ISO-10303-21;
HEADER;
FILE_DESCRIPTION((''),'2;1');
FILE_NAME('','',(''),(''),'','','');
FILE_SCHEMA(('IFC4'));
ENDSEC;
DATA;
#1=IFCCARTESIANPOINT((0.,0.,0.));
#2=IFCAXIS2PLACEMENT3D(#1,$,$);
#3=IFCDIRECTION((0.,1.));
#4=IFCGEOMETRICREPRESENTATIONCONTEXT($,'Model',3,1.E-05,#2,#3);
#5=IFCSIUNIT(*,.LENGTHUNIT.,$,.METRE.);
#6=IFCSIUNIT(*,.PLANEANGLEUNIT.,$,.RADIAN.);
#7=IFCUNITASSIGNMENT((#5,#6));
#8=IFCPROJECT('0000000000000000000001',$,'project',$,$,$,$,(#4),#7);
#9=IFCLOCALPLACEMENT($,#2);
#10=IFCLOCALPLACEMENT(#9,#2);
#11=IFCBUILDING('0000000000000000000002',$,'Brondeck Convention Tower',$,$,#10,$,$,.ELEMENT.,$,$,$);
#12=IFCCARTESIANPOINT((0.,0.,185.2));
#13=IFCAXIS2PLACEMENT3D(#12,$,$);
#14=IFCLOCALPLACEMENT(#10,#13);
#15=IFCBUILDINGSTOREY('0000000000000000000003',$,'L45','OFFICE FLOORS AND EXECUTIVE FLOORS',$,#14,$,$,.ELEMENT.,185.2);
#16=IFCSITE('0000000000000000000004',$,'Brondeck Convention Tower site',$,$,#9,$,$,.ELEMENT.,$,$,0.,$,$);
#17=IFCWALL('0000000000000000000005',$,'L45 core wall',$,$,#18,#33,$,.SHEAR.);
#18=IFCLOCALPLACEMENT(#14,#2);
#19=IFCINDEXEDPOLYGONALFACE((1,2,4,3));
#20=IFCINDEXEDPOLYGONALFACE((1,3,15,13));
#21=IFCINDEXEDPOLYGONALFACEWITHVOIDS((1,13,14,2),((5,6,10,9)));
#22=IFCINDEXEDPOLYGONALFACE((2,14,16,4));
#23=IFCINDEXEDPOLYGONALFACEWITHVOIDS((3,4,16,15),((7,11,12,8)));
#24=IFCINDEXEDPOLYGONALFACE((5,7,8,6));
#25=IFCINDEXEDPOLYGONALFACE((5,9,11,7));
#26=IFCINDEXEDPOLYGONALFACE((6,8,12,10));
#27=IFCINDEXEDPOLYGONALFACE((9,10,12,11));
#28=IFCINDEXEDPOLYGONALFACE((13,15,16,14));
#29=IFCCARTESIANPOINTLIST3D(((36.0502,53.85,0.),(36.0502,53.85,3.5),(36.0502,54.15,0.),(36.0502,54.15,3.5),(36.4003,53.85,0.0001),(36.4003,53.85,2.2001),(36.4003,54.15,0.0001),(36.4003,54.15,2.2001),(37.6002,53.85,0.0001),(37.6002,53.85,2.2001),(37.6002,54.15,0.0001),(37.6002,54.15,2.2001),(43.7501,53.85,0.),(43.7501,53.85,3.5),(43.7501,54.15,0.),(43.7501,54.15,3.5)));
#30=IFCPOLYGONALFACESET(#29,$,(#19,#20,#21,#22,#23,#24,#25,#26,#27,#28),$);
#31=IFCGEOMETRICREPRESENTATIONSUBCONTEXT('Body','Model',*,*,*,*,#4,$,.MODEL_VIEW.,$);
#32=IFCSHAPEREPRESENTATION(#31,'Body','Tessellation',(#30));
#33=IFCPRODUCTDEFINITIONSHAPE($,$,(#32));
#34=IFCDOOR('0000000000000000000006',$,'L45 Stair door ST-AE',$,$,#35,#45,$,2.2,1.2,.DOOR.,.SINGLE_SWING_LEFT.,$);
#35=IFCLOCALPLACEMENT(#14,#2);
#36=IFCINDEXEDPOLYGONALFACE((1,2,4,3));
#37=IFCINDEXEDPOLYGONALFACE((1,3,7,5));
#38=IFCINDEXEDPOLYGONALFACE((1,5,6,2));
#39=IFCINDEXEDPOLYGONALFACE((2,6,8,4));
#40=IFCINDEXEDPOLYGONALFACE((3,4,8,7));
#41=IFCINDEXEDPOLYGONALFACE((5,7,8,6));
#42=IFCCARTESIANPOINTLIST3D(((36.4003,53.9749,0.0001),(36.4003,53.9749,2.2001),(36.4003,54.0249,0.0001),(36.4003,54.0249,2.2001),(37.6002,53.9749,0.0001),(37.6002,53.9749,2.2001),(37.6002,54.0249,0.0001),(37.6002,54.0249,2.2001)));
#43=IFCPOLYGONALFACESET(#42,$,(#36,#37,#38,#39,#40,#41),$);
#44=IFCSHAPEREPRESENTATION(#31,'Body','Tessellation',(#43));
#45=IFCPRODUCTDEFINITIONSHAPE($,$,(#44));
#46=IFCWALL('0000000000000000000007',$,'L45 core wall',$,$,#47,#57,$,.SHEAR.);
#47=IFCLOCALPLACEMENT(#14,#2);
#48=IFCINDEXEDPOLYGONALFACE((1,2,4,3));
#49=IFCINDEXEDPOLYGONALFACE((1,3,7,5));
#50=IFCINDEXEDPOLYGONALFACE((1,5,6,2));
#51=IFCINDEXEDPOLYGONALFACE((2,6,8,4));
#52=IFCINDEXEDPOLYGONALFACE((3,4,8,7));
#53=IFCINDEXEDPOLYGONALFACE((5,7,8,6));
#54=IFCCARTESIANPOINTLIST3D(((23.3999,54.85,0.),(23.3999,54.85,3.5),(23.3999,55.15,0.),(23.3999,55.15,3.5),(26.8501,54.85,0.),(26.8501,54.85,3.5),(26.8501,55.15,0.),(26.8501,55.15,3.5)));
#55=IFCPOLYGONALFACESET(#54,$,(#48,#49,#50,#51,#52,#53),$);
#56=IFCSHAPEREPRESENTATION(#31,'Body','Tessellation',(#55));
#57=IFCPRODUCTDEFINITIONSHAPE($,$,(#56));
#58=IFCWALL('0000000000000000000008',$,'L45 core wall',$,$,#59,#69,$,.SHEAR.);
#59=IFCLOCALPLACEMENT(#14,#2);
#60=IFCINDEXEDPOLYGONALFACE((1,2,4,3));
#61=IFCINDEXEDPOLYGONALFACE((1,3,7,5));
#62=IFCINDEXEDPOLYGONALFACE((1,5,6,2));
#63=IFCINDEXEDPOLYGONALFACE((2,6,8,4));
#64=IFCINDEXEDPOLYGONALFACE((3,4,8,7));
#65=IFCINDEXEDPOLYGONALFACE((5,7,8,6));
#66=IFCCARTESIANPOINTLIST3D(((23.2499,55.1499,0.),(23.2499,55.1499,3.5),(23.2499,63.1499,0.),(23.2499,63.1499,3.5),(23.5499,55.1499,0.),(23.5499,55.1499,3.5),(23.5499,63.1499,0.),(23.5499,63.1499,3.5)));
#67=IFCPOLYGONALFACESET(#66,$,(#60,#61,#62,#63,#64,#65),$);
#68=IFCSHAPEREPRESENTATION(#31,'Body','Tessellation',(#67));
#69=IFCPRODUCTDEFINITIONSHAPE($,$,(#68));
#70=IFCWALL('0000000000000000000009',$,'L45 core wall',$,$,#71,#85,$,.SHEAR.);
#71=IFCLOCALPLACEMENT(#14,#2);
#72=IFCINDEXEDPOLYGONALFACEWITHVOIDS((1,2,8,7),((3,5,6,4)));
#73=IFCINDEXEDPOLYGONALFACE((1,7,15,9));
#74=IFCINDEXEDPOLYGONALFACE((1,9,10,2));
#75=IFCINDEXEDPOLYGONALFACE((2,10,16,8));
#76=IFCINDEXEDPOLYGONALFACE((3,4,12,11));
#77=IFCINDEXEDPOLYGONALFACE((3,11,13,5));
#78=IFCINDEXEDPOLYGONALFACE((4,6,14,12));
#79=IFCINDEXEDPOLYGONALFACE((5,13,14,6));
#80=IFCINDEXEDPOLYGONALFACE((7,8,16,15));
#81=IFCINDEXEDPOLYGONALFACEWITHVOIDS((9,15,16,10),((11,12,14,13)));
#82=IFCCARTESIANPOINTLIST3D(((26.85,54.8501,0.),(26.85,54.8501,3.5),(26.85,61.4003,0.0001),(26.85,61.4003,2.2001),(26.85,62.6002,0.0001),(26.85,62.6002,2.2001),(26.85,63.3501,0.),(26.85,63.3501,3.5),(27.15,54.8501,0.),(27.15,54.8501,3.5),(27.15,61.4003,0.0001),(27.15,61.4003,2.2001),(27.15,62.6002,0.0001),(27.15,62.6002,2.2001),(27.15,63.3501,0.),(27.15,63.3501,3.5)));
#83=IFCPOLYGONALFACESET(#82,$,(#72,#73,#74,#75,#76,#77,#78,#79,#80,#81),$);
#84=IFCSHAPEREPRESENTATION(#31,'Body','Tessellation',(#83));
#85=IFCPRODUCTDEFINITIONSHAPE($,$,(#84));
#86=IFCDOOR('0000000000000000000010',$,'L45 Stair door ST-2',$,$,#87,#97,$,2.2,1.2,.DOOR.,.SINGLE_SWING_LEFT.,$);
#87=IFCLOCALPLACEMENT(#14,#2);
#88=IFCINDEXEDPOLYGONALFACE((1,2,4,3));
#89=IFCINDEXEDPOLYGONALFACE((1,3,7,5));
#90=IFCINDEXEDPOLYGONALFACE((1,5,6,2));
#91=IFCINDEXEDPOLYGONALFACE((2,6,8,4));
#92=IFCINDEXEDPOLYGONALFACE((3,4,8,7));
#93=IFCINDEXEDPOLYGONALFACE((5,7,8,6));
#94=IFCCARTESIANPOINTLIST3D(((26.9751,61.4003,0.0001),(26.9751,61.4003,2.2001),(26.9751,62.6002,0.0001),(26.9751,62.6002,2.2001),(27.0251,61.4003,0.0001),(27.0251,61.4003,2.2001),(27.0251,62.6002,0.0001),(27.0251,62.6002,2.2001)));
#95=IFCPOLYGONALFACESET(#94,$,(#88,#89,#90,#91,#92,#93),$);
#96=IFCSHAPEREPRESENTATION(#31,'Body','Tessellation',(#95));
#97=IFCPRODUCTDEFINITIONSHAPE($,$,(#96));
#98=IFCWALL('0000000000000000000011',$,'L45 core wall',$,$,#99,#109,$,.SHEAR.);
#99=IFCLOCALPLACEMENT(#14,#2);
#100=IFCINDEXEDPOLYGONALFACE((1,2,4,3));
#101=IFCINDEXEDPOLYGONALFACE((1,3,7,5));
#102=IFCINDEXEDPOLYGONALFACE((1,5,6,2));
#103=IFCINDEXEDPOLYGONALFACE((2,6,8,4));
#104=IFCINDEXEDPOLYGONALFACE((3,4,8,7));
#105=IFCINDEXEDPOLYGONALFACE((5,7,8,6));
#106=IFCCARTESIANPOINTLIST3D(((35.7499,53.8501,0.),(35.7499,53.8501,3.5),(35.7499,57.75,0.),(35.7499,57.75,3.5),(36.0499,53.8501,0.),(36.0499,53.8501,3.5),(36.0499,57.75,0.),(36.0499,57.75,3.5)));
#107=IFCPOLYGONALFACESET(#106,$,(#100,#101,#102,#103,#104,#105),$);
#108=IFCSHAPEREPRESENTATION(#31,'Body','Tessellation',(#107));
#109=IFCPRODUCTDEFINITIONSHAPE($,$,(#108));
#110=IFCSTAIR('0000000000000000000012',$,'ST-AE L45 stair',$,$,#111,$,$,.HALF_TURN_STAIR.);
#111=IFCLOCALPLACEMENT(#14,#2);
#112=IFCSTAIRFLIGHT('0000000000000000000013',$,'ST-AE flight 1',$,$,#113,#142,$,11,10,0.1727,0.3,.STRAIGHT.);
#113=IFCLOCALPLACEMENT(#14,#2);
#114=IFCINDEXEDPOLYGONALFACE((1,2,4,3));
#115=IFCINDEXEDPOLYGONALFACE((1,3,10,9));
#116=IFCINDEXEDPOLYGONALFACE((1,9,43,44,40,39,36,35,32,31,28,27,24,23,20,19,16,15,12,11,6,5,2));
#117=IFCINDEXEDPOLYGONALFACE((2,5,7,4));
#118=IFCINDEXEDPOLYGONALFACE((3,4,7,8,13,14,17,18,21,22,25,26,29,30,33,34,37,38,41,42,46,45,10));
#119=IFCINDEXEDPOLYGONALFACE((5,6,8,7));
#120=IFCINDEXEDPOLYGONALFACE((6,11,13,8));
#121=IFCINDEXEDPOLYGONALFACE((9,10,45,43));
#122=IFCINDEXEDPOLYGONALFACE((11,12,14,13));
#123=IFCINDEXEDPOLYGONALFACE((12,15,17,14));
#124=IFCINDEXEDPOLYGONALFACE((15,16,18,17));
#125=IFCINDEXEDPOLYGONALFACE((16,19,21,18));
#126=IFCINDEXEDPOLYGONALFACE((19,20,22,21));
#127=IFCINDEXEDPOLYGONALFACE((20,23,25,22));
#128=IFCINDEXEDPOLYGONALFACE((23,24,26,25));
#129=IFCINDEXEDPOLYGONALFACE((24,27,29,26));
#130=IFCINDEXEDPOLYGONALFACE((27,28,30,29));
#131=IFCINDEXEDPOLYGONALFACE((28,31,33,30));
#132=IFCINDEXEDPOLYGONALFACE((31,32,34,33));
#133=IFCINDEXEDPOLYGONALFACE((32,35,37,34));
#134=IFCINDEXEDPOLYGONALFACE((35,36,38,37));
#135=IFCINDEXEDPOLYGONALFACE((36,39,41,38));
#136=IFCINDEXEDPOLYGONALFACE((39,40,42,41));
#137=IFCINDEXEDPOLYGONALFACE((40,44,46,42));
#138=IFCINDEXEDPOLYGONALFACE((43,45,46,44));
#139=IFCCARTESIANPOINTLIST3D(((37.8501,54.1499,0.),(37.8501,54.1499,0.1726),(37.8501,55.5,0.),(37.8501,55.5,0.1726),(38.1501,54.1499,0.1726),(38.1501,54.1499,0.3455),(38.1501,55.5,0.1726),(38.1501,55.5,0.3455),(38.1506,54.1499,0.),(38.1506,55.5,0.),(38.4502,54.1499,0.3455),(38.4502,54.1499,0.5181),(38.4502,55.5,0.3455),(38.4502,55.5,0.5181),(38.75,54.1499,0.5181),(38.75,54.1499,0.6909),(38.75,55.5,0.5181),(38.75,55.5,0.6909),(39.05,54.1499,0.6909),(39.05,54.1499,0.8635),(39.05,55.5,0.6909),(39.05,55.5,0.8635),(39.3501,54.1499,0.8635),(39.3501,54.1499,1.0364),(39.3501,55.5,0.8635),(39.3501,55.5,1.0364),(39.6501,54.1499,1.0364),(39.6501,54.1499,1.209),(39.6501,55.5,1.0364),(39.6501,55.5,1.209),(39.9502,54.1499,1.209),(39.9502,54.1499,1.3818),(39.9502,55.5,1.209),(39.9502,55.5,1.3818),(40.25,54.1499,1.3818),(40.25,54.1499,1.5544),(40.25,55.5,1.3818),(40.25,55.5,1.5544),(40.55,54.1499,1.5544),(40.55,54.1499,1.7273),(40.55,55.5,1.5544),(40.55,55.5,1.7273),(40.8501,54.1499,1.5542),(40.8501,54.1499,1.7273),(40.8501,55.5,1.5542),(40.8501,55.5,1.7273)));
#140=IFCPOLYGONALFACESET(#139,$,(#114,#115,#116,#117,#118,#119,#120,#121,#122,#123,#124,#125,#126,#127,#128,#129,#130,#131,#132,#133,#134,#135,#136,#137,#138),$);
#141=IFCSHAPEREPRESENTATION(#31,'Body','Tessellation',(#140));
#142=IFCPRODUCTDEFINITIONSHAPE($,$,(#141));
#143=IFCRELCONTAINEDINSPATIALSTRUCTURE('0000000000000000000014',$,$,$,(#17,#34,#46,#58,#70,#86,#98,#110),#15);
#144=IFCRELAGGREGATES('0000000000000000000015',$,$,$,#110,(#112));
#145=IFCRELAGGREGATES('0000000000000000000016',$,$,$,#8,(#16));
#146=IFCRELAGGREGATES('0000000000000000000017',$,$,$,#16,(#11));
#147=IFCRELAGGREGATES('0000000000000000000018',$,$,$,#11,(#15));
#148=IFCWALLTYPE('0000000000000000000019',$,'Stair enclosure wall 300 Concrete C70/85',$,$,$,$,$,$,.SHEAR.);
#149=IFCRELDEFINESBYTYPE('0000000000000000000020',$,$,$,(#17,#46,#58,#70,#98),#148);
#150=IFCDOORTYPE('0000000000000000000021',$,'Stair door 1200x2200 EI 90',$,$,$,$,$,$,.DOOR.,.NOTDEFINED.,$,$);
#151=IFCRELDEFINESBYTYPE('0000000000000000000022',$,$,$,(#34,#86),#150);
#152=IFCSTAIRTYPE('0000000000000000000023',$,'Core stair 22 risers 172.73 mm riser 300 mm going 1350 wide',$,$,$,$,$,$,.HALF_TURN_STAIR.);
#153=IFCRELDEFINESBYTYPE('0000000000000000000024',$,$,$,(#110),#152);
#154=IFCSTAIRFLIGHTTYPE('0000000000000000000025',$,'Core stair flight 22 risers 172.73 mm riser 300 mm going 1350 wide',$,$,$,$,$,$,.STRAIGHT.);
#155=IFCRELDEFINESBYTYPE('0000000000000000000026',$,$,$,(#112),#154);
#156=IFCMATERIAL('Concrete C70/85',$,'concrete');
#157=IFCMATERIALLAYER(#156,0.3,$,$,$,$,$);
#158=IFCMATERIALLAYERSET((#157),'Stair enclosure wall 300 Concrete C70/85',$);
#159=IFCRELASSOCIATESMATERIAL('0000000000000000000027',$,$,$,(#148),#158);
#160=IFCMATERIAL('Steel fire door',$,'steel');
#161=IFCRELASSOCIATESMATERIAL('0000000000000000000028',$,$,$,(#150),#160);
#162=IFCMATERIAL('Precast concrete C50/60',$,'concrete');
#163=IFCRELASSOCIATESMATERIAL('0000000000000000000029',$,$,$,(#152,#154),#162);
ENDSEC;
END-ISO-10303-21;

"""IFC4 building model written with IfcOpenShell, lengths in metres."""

from ifc_helpers import new_model, si_unit, direction, frame, frame_2d, origin, place, context, subcontext, project, spatial, polyline, rectangle, outline, extrude, material, layer, layer_set, type_object, element, fill, aggregate, save


model = new_model("IFC4")

# Units and contexts
model_context = context("Model", 3, precision=1e-05, world=origin(), true_north=direction((0.0, 1.0)))
body_context = subcontext(model_context, "Body", "Model", "MODEL_VIEW")
ifc_project = project(units=[si_unit("LENGTHUNIT", "METRE"), si_unit("PLANEANGLEUNIT", "RADIAN")], contexts=[model_context])

# Site, building, storey
site_placement = place(None, origin())
site = spatial("IfcSite", under=ifc_project, at=site_placement, Name="Brondeck Convention Tower site", CompositionType="ELEMENT", RefElevation=0.0)
building_placement = place(site_placement, origin())
building = spatial("IfcBuilding", under=site, at=building_placement, Name="Brondeck Convention Tower", CompositionType="ELEMENT")
storey_placement = place(building_placement, frame((0.0, 0.0, 185.2)))
storey = spatial("IfcBuildingStorey", under=building, at=storey_placement, Name="L45", Description="OFFICE FLOORS AND EXECUTIVE FLOORS", CompositionType="ELEMENT", Elevation=185.2)

# Shared definitions
ifc_material_1 = material(Name="Concrete C70/85", Category="concrete")

# Shared definitions
ifc_material_2 = material(Name="Steel fire door", Category="steel")

# Wall, opening, door
ifc_layer_1 = layer(ifc_material_1, 0.3)
ifc_layer_set_1 = layer_set([ifc_layer_1], Name="Stair enclosure wall 300 Concrete C70/85")
wall_type_1 = type_object("IfcWallType", Name="Stair enclosure wall 300 Concrete C70/85", PredefinedType="SHEAR", material=ifc_layer_set_1)
wall_1_placement = place(storey_placement, frame((36.05, 54.0, 0.0), z_axis=(0.0, 0.0, 1.0), x_axis=(1.0, 0.0, 0.0)))
wall_1 = element("IfcWall", 1, at=wall_1_placement, inside=storey, type_object=wall_type_1, Name="L45 core wall", PredefinedType="SHEAR", context=body_context, shape_type="SweptSolid", body=[
    extrude(rectangle(XDim=7.7, YDim=0.3, at=frame_2d((3.8501, 0.0))), origin(), (0.0, 0.0, 1.0), 3.5),
])
opening_1_placement = place(wall_1_placement, frame((0.3501, 0.0, 0.0)))
opening_1 = element("IfcOpeningElement", 2, at=opening_1_placement, cuts=wall_1, PredefinedType="OPENING", context=body_context, shape_type="SweptSolid", body=[
    extrude(rectangle(XDim=1.2, YDim=2.2, at=frame_2d((0.6001, 1.1001))), frame((0.0, 0.1599, 0.0), z_axis=(0.0, -1.0, 0.0), x_axis=(1.0, 0.0, 0.0)), (0.0, 0.0, 1.0), 0.3201),
])
door_type_1 = type_object("IfcDoorType", Name="Stair door 1200x2200 EI 90", OperationType="NOTDEFINED", PredefinedType="DOOR", material=ifc_material_2)
door_1_placement = place(opening_1_placement, origin())
door_1 = element("IfcDoor", 3, at=door_1_placement, inside=storey, type_object=door_type_1, Name="L45 Stair door ST-AE", OperationType="SINGLE_SWING_LEFT", OverallHeight=2.2, OverallWidth=1.2, PredefinedType="DOOR", context=body_context, shape_type="SweptSolid", body=[
    extrude(rectangle(XDim=1.2, YDim=2.2, at=frame_2d((0.6001, 1.1001))), frame((0.0, 0.0249, 0.0), z_axis=(0.0, -1.0, 0.0), x_axis=(1.0, 0.0, 0.0)), (0.0, 0.0, 1.0), 0.05),
])
fill(opening_1, door_1)

# Walls
wall_2_placement = place(storey_placement, frame((23.3999, 55.0, 0.0), z_axis=(0.0, 0.0, 1.0), x_axis=(1.0, 0.0, 0.0)))
element("IfcWall", 4, at=wall_2_placement, inside=storey, type_object=wall_type_1, Name="L45 core wall", PredefinedType="SHEAR", context=body_context, shape_type="SweptSolid", body=[
    extrude(rectangle(XDim=3.4502, YDim=0.3, at=frame_2d((1.7251, 0.0))), origin(), (0.0, 0.0, 1.0), 3.5),
])
wall_3_placement = place(storey_placement, frame((23.3999, 55.1499, 0.0), z_axis=(0.0, 0.0, 1.0), x_axis=(0.0, 1.0, 0.0)))
element("IfcWall", 5, at=wall_3_placement, inside=storey, type_object=wall_type_1, Name="L45 core wall", PredefinedType="SHEAR", context=body_context, shape_type="SweptSolid", body=[
    extrude(rectangle(XDim=8.0, YDim=0.3, at=frame_2d((4.0, 0.0))), origin(), (0.0, 0.0, 1.0), 3.5),
])

# Wall, opening, door
wall_4_placement = place(storey_placement, frame((27.0, 54.8501, 0.0), z_axis=(0.0, 0.0, 1.0), x_axis=(0.0, 1.0, 0.0)))
wall_4 = element("IfcWall", 6, at=wall_4_placement, inside=storey, type_object=wall_type_1, Name="L45 core wall", PredefinedType="SHEAR", context=body_context, shape_type="SweptSolid", body=[
    extrude(rectangle(XDim=8.5, YDim=0.3, at=frame_2d((4.25, 0.0))), origin(), (0.0, 0.0, 1.0), 3.5),
])
opening_2_placement = place(wall_4_placement, frame((6.55, 0.0, 0.0)))
opening_2 = element("IfcOpeningElement", 7, at=opening_2_placement, cuts=wall_4, PredefinedType="OPENING", context=body_context, shape_type="SweptSolid", body=[
    extrude(rectangle(XDim=1.2, YDim=2.2, at=frame_2d((0.6001, 1.1001))), frame((0.0, 0.1599, 0.0), z_axis=(0.0, -1.0, 0.0), x_axis=(1.0, 0.0, 0.0)), (0.0, 0.0, 1.0), 0.3201),
])
door_2_placement = place(opening_2_placement, origin())
door_2 = element("IfcDoor", 8, at=door_2_placement, inside=storey, type_object=door_type_1, Name="L45 Stair door ST-2", OperationType="SINGLE_SWING_LEFT", OverallHeight=2.2, OverallWidth=1.2, PredefinedType="DOOR", context=body_context, shape_type="SweptSolid", body=[
    extrude(rectangle(XDim=1.2, YDim=2.2, at=frame_2d((0.6001, 1.1001))), frame((0.0, 0.0249, 0.0), z_axis=(0.0, -1.0, 0.0), x_axis=(1.0, 0.0, 0.0)), (0.0, 0.0, 1.0), 0.05),
])
fill(opening_2, door_2)

# Wall
wall_5_placement = place(storey_placement, frame((35.8999, 53.8501, 0.0), z_axis=(0.0, 0.0, 1.0), x_axis=(0.0, 1.0, 0.0)))
element("IfcWall", 9, at=wall_5_placement, inside=storey, type_object=wall_type_1, Name="L45 core wall", PredefinedType="SHEAR", context=body_context, shape_type="SweptSolid", body=[
    extrude(rectangle(XDim=3.8999, YDim=0.3, at=frame_2d((1.95, 0.0))), origin(), (0.0, 0.0, 1.0), 3.5),
])

# Stair, stair flight
ifc_material_3 = material(Name="Precast concrete C50/60", Category="concrete")
stair_type = type_object("IfcStairType", Name="Core stair 22 risers 172.73 mm riser 300 mm going 1350 wide", PredefinedType="HALF_TURN_STAIR", material=ifc_material_3)
stair_placement = place(storey_placement, origin())
stair = element("IfcStair", 10, at=stair_placement, inside=storey, type_object=stair_type, Name="ST-AE L45 stair", PredefinedType="HALF_TURN_STAIR")
stair_flight_type = type_object("IfcStairFlightType", Name="Core stair flight 22 risers 172.73 mm riser 300 mm going 1350 wide", PredefinedType="STRAIGHT", material=ifc_material_3)
stair_flight_placement = place(storey_placement, frame((37.8501, 54.825, 0.0), z_axis=(0.0, 0.0, 1.0), x_axis=(1.0, 0.0, 0.0)))
stair_flight = element("IfcStairFlight", 11, at=stair_flight_placement, type_object=stair_flight_type, Name="ST-AE flight 1", NumberOfRisers=11, NumberOfTreads=10, PredefinedType="STRAIGHT", RiserHeight=0.1727, TreadLength=0.3, context=body_context, shape_type="SweptSolid", body=[
    extrude(outline(polyline([(0.0, 0.0), (0.0, 0.1726), (0.3, 0.1726), (0.3, 0.3455), (0.6001, 0.3455), (0.6001, 0.5181), (0.8999, 0.5181), (0.8999, 0.6909), (1.2, 0.6909), (1.2, 0.8635), (1.5, 0.8635), (1.5, 1.0364), (1.8, 1.0364), (1.8, 1.209), (2.1001, 1.209), (2.1001, 1.3818), (2.3999, 1.3818), (2.3999, 1.5544), (2.7, 1.5544), (2.7, 1.7273), (3.0, 1.7273), (3.0, 1.8999), (3.0, 1.5542), (0.3005, 0.0), (0.0, 0.0)])), frame((0.0, 0.675, 0.0), z_axis=(0.0, -1.0, 0.0), x_axis=(1.0, 0.0, 0.0)), (0.0, 0.0, 1.0), 1.3501),
])
aggregate(stair, [stair_flight])

save(model, "model.ifc")
